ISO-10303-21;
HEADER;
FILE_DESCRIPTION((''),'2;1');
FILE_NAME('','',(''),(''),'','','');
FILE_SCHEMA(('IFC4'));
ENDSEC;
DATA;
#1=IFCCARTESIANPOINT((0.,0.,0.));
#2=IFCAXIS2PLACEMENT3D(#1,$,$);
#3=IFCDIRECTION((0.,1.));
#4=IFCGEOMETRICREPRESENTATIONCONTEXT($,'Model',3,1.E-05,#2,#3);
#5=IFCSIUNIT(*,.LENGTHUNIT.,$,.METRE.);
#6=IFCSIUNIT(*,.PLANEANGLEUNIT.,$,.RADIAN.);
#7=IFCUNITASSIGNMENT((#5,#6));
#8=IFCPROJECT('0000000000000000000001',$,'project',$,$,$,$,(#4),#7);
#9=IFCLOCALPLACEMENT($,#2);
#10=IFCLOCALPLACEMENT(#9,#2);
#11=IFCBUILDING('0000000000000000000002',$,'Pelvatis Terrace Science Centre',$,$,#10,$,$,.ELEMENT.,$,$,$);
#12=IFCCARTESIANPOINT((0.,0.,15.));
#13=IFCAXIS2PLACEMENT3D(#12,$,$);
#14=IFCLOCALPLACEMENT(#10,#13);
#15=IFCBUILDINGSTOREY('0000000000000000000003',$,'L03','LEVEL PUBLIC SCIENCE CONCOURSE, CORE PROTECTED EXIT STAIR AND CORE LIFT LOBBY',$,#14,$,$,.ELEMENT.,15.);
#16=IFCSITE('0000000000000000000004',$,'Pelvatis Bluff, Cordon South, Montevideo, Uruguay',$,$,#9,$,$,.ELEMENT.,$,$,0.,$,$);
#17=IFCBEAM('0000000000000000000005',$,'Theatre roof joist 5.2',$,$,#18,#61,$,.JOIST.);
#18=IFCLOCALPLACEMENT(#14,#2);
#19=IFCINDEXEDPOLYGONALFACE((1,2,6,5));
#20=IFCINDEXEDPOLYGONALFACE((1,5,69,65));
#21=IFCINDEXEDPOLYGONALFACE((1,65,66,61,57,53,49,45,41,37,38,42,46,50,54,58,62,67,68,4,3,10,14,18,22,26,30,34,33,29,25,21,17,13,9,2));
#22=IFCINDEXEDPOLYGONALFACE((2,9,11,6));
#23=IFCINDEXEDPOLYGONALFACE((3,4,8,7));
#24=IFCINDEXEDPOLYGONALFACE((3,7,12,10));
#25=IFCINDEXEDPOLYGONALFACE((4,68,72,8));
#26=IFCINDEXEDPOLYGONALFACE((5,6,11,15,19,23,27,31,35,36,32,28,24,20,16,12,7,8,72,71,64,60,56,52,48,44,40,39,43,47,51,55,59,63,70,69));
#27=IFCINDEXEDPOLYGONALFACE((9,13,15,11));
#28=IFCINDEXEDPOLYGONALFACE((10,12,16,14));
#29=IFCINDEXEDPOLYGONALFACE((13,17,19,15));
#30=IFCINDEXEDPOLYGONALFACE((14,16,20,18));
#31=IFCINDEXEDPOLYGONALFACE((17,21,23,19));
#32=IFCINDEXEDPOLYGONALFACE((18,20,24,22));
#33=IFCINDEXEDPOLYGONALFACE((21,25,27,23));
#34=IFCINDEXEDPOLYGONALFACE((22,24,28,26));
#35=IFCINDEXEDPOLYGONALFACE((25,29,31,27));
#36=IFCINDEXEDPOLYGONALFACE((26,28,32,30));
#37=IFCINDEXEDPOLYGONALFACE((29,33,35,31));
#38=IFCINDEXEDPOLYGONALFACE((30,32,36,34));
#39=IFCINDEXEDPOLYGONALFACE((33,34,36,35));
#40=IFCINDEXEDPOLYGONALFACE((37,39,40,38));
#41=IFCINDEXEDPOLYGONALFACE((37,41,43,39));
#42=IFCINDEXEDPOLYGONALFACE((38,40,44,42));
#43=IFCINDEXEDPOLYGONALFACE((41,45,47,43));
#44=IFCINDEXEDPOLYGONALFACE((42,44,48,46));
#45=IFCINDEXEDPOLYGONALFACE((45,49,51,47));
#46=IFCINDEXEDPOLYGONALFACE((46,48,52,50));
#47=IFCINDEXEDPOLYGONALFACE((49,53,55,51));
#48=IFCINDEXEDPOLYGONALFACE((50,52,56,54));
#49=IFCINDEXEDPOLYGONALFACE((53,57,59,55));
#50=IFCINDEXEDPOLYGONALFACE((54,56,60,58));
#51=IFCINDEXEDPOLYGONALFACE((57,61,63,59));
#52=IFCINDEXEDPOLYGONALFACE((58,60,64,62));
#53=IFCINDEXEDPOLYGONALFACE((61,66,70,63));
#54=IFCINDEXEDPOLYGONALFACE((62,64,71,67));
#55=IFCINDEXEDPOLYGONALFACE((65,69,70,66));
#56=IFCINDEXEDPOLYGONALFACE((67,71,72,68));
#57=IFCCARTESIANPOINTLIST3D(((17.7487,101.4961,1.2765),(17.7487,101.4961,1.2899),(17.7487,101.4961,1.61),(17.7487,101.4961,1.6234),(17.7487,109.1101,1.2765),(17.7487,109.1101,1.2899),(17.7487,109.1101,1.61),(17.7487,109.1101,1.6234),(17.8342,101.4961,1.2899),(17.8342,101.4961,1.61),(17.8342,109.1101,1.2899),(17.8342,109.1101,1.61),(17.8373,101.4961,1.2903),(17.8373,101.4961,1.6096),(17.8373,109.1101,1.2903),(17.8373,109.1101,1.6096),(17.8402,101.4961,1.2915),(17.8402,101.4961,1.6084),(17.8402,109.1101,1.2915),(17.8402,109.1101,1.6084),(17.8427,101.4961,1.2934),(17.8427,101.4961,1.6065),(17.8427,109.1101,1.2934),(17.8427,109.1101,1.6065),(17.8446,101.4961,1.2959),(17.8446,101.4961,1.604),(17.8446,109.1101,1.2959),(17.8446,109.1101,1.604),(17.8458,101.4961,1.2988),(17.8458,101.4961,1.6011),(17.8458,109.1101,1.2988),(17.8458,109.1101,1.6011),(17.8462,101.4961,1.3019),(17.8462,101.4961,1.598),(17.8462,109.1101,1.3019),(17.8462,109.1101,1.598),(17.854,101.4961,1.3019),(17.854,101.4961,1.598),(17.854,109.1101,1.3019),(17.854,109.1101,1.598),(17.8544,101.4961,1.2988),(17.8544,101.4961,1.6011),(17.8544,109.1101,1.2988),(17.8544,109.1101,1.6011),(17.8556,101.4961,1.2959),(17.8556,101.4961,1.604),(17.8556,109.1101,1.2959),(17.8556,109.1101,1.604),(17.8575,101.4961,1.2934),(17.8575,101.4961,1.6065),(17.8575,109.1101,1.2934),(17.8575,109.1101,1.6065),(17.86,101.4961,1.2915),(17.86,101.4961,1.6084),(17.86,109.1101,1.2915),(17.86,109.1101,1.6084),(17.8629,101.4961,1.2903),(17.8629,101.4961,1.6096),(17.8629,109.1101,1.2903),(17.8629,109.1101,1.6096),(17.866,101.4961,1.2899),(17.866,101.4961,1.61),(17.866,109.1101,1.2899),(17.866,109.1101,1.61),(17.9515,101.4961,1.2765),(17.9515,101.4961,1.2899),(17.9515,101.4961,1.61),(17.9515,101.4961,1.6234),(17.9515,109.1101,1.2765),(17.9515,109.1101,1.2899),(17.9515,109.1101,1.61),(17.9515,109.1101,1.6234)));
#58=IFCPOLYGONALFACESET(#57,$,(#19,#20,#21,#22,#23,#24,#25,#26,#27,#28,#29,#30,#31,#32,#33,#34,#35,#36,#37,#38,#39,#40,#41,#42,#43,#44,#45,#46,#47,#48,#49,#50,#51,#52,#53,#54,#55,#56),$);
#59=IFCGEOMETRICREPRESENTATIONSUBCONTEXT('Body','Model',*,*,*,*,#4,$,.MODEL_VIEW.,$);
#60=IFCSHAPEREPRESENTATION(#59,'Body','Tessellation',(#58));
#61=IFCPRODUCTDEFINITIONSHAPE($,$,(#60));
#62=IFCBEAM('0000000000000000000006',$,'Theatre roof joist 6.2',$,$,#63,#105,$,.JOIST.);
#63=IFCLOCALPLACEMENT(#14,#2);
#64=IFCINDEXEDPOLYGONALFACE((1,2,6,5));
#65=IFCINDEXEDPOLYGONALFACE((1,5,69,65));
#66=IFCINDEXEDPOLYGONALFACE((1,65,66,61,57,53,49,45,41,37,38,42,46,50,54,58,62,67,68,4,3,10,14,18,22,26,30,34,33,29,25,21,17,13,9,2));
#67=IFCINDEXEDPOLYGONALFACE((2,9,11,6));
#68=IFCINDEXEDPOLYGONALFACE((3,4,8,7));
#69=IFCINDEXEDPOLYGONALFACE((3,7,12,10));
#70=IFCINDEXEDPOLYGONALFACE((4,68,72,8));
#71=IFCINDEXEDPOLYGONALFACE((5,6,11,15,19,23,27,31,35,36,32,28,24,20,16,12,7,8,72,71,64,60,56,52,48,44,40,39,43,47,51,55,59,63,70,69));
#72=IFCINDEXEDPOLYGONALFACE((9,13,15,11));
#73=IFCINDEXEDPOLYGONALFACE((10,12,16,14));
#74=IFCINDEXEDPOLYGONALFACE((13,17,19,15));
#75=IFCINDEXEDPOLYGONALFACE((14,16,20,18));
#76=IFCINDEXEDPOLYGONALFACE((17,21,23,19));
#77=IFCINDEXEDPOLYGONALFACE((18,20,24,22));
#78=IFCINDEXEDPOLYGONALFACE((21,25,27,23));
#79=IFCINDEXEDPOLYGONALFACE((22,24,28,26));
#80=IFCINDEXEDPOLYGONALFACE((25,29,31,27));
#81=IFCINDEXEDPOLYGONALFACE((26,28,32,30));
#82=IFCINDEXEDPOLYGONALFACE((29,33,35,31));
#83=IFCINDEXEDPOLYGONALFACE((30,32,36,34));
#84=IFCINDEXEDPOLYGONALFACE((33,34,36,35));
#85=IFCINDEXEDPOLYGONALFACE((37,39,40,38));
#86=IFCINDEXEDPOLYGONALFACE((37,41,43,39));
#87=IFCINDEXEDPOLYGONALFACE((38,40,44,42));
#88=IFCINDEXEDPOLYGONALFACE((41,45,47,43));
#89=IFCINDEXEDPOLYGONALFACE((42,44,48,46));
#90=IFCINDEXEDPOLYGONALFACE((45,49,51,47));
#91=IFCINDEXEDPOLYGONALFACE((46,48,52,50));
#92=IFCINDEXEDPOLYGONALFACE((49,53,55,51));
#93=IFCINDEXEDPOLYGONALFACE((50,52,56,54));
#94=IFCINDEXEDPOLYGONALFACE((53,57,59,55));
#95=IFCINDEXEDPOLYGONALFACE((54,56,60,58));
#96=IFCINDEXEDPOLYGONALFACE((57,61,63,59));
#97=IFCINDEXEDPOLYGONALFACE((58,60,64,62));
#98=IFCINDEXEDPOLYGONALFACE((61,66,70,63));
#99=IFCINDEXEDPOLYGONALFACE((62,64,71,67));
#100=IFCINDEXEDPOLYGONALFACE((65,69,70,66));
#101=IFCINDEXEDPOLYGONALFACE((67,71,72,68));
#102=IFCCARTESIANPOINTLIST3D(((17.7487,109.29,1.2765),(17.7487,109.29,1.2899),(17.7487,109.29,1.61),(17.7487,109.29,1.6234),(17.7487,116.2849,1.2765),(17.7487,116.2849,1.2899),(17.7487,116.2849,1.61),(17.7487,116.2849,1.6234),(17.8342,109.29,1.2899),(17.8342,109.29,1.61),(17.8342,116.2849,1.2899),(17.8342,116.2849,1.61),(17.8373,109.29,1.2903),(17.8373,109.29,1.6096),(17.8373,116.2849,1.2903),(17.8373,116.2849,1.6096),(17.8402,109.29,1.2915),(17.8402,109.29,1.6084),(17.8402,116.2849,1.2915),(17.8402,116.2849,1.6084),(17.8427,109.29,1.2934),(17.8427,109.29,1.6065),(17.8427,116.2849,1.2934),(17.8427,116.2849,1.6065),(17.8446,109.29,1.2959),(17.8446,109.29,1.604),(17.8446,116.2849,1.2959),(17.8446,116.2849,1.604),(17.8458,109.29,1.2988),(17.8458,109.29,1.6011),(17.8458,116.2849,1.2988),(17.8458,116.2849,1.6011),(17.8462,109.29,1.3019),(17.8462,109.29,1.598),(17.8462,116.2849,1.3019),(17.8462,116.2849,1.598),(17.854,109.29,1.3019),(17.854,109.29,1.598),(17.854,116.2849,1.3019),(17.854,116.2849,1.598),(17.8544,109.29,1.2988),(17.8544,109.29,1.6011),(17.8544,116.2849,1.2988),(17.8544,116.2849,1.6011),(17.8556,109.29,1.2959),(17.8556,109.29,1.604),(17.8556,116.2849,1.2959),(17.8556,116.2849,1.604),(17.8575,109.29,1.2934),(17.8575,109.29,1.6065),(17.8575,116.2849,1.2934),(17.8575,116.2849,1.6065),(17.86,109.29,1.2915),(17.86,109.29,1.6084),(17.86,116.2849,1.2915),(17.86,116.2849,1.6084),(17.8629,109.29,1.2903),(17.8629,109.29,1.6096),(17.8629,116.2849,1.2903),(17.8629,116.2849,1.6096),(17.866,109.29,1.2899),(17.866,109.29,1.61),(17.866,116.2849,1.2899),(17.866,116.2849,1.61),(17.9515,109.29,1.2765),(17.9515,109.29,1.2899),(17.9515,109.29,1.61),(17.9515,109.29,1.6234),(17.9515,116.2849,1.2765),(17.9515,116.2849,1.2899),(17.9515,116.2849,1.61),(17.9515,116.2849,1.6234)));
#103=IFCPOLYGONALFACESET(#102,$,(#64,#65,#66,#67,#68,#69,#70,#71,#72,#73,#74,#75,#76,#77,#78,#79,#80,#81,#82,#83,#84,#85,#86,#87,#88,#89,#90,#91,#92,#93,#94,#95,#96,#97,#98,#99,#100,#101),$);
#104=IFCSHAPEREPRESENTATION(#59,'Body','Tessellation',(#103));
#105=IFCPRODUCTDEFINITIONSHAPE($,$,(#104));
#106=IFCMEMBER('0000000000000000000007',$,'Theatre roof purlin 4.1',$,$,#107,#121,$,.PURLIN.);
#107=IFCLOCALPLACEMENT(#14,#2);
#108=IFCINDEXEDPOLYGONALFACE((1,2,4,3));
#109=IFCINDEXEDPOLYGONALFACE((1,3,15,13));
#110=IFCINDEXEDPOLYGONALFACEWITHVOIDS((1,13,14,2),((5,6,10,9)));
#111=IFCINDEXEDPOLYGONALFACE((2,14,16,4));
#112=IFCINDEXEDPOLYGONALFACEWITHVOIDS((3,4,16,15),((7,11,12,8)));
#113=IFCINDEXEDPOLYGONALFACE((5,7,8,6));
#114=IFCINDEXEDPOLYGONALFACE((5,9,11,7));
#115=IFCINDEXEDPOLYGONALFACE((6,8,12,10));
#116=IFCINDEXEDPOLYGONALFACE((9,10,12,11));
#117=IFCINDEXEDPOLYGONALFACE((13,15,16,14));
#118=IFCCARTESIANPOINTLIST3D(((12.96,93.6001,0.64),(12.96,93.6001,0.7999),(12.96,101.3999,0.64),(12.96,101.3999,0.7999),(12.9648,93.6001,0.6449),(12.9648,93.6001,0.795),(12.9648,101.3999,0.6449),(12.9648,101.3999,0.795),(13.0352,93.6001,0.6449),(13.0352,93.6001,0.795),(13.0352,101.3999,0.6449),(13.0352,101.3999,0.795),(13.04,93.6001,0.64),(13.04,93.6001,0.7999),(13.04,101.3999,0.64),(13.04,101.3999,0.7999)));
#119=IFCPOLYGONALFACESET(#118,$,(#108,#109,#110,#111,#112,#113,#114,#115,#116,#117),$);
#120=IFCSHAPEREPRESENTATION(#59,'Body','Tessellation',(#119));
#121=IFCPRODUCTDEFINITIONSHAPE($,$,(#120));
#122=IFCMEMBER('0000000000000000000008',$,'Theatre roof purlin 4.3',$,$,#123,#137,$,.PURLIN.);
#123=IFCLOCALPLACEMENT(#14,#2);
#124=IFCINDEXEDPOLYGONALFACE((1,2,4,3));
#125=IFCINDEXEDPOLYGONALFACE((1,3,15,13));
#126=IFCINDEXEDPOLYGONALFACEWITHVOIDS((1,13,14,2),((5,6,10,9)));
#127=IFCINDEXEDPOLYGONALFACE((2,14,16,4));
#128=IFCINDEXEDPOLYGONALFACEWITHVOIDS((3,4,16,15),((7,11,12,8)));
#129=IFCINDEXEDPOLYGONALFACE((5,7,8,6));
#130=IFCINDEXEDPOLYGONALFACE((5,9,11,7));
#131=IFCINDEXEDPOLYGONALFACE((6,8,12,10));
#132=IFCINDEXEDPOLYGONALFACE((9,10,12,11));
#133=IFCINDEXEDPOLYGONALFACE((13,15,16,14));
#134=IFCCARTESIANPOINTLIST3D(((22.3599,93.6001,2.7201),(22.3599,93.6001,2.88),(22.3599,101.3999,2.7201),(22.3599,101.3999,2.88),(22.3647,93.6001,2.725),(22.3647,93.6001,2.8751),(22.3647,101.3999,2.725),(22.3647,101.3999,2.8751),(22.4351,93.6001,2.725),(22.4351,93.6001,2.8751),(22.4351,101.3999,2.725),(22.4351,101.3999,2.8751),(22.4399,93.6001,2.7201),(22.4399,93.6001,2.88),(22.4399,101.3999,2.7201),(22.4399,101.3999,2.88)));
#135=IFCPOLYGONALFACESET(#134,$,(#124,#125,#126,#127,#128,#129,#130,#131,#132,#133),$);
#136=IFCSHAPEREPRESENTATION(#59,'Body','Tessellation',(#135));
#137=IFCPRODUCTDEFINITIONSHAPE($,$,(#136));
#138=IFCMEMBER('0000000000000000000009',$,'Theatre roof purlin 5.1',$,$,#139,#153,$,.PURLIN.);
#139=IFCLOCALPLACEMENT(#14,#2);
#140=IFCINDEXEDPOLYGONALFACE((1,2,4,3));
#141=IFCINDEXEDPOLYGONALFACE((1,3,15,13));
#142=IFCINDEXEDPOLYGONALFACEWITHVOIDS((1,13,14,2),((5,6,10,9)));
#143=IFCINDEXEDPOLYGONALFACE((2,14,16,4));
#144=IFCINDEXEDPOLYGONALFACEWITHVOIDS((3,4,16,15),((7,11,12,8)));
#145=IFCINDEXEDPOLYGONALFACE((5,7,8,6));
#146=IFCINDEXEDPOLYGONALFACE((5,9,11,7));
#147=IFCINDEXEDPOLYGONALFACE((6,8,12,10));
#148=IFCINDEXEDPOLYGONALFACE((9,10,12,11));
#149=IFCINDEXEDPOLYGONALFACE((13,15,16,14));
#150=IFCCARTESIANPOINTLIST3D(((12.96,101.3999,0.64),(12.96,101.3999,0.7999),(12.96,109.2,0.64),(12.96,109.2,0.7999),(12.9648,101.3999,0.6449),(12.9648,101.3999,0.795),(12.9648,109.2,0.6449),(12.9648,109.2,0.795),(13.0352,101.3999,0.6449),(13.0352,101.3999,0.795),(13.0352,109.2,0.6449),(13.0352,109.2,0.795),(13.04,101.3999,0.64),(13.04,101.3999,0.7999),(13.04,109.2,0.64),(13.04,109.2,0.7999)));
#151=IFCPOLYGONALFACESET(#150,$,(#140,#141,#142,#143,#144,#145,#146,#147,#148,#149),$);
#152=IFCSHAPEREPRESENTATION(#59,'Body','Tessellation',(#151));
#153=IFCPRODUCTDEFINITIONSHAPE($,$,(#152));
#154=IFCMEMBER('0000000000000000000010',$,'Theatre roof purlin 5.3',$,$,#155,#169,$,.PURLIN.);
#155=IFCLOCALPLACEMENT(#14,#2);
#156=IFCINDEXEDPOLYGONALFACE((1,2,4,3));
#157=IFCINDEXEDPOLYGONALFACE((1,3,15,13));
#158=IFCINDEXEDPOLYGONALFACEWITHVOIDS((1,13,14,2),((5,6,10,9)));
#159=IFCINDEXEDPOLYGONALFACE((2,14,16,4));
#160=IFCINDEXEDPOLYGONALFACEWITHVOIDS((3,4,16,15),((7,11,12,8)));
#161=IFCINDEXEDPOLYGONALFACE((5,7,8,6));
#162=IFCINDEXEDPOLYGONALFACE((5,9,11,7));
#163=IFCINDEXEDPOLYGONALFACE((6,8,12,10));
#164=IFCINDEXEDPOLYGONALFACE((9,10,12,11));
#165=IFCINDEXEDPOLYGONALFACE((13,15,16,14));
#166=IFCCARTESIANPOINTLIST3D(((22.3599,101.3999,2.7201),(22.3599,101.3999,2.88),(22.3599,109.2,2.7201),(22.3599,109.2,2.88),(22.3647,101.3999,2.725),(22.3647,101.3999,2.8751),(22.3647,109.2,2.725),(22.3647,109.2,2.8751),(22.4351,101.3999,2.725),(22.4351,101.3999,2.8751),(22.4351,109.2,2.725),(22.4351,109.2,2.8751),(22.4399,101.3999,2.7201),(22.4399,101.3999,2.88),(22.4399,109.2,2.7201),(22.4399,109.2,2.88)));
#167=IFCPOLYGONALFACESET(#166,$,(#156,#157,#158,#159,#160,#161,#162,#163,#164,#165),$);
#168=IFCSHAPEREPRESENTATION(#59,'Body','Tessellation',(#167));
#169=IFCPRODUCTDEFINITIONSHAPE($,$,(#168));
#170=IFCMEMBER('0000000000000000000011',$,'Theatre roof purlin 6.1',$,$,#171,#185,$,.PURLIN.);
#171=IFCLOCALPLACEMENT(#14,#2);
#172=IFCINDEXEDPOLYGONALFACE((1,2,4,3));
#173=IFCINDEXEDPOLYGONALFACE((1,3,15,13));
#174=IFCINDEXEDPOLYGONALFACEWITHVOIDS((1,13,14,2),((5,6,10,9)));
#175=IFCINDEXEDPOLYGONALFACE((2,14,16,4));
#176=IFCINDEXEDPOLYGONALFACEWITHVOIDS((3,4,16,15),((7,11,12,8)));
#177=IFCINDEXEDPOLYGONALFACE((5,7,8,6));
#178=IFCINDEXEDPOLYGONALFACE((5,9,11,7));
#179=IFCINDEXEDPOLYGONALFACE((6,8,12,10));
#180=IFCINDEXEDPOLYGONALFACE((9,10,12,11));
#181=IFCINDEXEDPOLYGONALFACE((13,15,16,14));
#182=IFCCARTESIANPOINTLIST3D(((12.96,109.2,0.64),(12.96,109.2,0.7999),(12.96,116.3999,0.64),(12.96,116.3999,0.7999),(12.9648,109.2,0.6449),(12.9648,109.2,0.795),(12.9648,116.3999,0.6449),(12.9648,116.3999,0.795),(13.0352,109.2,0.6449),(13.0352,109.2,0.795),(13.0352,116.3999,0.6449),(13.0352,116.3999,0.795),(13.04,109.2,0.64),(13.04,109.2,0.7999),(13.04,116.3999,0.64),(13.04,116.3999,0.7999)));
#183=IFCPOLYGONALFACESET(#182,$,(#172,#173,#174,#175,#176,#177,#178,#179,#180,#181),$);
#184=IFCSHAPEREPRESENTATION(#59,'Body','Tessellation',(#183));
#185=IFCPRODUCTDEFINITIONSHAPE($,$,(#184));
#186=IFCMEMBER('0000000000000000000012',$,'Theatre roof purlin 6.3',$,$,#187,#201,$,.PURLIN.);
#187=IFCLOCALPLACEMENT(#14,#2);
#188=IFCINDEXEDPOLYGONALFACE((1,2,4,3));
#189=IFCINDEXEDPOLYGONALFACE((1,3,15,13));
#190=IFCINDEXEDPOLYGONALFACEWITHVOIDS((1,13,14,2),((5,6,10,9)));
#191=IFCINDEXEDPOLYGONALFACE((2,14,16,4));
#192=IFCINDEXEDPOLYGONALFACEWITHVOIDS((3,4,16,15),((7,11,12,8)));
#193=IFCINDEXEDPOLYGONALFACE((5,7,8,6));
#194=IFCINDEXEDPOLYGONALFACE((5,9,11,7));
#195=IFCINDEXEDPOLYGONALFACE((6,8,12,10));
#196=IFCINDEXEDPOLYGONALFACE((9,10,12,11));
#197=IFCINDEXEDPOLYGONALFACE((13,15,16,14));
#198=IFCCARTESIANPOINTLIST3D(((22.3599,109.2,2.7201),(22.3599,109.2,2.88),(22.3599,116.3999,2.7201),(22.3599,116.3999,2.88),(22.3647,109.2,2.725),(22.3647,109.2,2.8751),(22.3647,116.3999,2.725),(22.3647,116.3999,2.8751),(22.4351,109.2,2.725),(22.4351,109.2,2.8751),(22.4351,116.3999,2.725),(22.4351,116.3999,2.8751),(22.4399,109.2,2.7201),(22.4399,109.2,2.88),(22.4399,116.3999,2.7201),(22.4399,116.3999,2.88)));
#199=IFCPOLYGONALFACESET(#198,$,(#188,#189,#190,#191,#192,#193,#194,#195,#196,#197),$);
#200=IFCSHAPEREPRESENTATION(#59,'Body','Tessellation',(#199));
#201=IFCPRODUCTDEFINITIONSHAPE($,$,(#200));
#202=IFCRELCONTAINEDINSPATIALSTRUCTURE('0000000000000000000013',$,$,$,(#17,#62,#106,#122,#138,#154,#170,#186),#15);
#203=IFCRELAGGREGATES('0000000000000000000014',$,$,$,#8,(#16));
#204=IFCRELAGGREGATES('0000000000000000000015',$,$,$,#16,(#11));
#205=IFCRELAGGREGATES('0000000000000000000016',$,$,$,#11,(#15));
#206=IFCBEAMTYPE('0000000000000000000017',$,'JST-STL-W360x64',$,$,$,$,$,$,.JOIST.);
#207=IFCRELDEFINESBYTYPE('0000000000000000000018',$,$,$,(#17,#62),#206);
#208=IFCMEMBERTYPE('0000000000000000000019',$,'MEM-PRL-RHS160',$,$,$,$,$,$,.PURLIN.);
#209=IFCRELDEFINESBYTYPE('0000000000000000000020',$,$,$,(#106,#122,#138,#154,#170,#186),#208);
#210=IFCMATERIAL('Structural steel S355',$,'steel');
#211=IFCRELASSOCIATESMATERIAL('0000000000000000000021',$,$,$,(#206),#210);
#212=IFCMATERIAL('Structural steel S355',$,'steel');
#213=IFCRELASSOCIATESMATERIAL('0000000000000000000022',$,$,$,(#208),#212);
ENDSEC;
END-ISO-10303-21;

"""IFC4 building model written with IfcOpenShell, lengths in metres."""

from ifc_helpers import new_model, si_unit, direction, frame, origin, origin_2d, place, context, subcontext, project, spatial, hollow_rectangle, i_section, extrude, material, material_profile, profile_set, type_object, element, save


model = new_model("IFC4")

# Units and contexts
model_context = context("Model", 3, precision=1e-05, world=origin(), true_north=direction((0.0, 1.0)))
body_context = subcontext(model_context, "Body", "Model", "MODEL_VIEW")
ifc_project = project(units=[si_unit("LENGTHUNIT", "METRE"), si_unit("PLANEANGLEUNIT", "RADIAN")], contexts=[model_context])

# Site, building, storey
site_placement = place(None, origin())
site = spatial("IfcSite", under=ifc_project, at=site_placement, Name="Pelvatis Bluff, Cordon South, Montevideo, Uruguay", CompositionType="ELEMENT", RefElevation=0.0)
building_placement = place(site_placement, origin())
building = spatial("IfcBuilding", under=site, at=building_placement, Name="Pelvatis Terrace Science Centre", CompositionType="ELEMENT")
storey_placement = place(building_placement, frame((0.0, 0.0, 15.0)))
storey = spatial("IfcBuildingStorey", under=building, at=storey_placement, Name="L03", Description="LEVEL PUBLIC SCIENCE CONCOURSE, CORE PROTECTED EXIT STAIR AND CORE LIFT LOBBY", CompositionType="ELEMENT", Elevation=15.0)

# Beams
ifc_material_1 = material(Name="Structural steel S355", Category="steel")
ifc_material_profile_1 = material_profile(ifc_material_1, i_section(OverallWidth=0.2029, OverallDepth=0.3469, WebThickness=0.0078, FlangeThickness=0.0134, FilletRadius=0.012, at=origin_2d()), Name="W360x64")
ifc_profile_set_1 = profile_set([ifc_material_profile_1], Name="Structural steel S355")
beam_type_1 = type_object("IfcBeamType", Name="JST-STL-W360x64", PredefinedType="JOIST", material=ifc_profile_set_1)
beam_1_placement = place(storey_placement, frame((17.8501, 101.4961, 1.45), z_axis=(0.0, 1.0, 0.0), x_axis=(-1.0, 0.0, 0.0)))
element("IfcBeam", 1, at=beam_1_placement, inside=storey, type_object=beam_type_1, Name="Theatre roof joist 5.2", PredefinedType="JOIST", context=body_context, shape_type="SweptSolid", body=[
    extrude(i_section(OverallWidth=0.2029, OverallDepth=0.3469, WebThickness=0.0078, FlangeThickness=0.0134, FilletRadius=0.012, at=origin_2d()), origin(), (0.0, 0.0, 1.0), 7.614),
])
beam_2_placement = place(storey_placement, frame((17.8501, 109.29, 1.45), z_axis=(0.0, 1.0, 0.0), x_axis=(-1.0, 0.0, 0.0)))
element("IfcBeam", 2, at=beam_2_placement, inside=storey, type_object=beam_type_1, Name="Theatre roof joist 6.2", PredefinedType="JOIST", context=body_context, shape_type="SweptSolid", body=[
    extrude(i_section(OverallWidth=0.2029, OverallDepth=0.3469, WebThickness=0.0078, FlangeThickness=0.0134, FilletRadius=0.012, at=origin_2d()), origin(), (0.0, 0.0, 1.0), 6.9949),
])

# Members
ifc_material_2 = material(Name="Structural steel S355", Category="steel")
ifc_material_profile_2 = material_profile(ifc_material_2, hollow_rectangle(XDim=0.0801, YDim=0.1599, WallThickness=0.0049, at=origin_2d()), Name="RHS 160x80x5.0")
ifc_profile_set_2 = profile_set([ifc_material_profile_2], Name="Structural steel S355")
member_type = type_object("IfcMemberType", Name="MEM-PRL-RHS160", PredefinedType="PURLIN", material=ifc_profile_set_2)
for number, where, z_axis, x_axis, name in (
    (3, (13.0, 93.6001, 0.72), (0.0, 1.0, 0.0), (-1.0, 0.0, 0.0), "Theatre roof purlin 4.1"),
    (4, (22.3999, 93.6001, 2.8), (0.0, 1.0, 0.0), (-1.0, 0.0, 0.0), "Theatre roof purlin 4.3"),
):
    element("IfcMember", number, at=place(storey_placement, frame(where, z_axis=z_axis, x_axis=x_axis)), inside=storey, type_object=member_type, Name=name, PredefinedType="PURLIN", context=body_context, shape_type="SweptSolid", body=[
        extrude(hollow_rectangle(XDim=0.0801, YDim=0.1599, WallThickness=0.0049, at=origin_2d()), origin(), (0.0, 0.0, 1.0), 7.7998),
    ])
for number, where, z_axis, x_axis, name in (
    (5, (13.0, 101.3999, 0.72), (0.0, 1.0, 0.0), (-1.0, 0.0, 0.0), "Theatre roof purlin 5.1"),
    (6, (22.3999, 101.3999, 2.8), (0.0, 1.0, 0.0), (-1.0, 0.0, 0.0), "Theatre roof purlin 5.3"),
):
    element("IfcMember", number, at=place(storey_placement, frame(where, z_axis=z_axis, x_axis=x_axis)), inside=storey, type_object=member_type, Name=name, PredefinedType="PURLIN", context=body_context, shape_type="SweptSolid", body=[
        extrude(hollow_rectangle(XDim=0.0801, YDim=0.1599, WallThickness=0.0049, at=origin_2d()), origin(), (0.0, 0.0, 1.0), 7.8),
    ])
for number, where, z_axis, x_axis, name in (
    (7, (13.0, 109.2, 0.72), (0.0, 1.0, 0.0), (-1.0, 0.0, 0.0), "Theatre roof purlin 6.1"),
    (8, (22.3999, 109.2, 2.8), (0.0, 1.0, 0.0), (-1.0, 0.0, 0.0), "Theatre roof purlin 6.3"),
):
    element("IfcMember", number, at=place(storey_placement, frame(where, z_axis=z_axis, x_axis=x_axis)), inside=storey, type_object=member_type, Name=name, PredefinedType="PURLIN", context=body_context, shape_type="SweptSolid", body=[
        extrude(hollow_rectangle(XDim=0.0801, YDim=0.1599, WallThickness=0.0049, at=origin_2d()), origin(), (0.0, 0.0, 1.0), 7.2),
    ])

save(model, "model.ifc")
